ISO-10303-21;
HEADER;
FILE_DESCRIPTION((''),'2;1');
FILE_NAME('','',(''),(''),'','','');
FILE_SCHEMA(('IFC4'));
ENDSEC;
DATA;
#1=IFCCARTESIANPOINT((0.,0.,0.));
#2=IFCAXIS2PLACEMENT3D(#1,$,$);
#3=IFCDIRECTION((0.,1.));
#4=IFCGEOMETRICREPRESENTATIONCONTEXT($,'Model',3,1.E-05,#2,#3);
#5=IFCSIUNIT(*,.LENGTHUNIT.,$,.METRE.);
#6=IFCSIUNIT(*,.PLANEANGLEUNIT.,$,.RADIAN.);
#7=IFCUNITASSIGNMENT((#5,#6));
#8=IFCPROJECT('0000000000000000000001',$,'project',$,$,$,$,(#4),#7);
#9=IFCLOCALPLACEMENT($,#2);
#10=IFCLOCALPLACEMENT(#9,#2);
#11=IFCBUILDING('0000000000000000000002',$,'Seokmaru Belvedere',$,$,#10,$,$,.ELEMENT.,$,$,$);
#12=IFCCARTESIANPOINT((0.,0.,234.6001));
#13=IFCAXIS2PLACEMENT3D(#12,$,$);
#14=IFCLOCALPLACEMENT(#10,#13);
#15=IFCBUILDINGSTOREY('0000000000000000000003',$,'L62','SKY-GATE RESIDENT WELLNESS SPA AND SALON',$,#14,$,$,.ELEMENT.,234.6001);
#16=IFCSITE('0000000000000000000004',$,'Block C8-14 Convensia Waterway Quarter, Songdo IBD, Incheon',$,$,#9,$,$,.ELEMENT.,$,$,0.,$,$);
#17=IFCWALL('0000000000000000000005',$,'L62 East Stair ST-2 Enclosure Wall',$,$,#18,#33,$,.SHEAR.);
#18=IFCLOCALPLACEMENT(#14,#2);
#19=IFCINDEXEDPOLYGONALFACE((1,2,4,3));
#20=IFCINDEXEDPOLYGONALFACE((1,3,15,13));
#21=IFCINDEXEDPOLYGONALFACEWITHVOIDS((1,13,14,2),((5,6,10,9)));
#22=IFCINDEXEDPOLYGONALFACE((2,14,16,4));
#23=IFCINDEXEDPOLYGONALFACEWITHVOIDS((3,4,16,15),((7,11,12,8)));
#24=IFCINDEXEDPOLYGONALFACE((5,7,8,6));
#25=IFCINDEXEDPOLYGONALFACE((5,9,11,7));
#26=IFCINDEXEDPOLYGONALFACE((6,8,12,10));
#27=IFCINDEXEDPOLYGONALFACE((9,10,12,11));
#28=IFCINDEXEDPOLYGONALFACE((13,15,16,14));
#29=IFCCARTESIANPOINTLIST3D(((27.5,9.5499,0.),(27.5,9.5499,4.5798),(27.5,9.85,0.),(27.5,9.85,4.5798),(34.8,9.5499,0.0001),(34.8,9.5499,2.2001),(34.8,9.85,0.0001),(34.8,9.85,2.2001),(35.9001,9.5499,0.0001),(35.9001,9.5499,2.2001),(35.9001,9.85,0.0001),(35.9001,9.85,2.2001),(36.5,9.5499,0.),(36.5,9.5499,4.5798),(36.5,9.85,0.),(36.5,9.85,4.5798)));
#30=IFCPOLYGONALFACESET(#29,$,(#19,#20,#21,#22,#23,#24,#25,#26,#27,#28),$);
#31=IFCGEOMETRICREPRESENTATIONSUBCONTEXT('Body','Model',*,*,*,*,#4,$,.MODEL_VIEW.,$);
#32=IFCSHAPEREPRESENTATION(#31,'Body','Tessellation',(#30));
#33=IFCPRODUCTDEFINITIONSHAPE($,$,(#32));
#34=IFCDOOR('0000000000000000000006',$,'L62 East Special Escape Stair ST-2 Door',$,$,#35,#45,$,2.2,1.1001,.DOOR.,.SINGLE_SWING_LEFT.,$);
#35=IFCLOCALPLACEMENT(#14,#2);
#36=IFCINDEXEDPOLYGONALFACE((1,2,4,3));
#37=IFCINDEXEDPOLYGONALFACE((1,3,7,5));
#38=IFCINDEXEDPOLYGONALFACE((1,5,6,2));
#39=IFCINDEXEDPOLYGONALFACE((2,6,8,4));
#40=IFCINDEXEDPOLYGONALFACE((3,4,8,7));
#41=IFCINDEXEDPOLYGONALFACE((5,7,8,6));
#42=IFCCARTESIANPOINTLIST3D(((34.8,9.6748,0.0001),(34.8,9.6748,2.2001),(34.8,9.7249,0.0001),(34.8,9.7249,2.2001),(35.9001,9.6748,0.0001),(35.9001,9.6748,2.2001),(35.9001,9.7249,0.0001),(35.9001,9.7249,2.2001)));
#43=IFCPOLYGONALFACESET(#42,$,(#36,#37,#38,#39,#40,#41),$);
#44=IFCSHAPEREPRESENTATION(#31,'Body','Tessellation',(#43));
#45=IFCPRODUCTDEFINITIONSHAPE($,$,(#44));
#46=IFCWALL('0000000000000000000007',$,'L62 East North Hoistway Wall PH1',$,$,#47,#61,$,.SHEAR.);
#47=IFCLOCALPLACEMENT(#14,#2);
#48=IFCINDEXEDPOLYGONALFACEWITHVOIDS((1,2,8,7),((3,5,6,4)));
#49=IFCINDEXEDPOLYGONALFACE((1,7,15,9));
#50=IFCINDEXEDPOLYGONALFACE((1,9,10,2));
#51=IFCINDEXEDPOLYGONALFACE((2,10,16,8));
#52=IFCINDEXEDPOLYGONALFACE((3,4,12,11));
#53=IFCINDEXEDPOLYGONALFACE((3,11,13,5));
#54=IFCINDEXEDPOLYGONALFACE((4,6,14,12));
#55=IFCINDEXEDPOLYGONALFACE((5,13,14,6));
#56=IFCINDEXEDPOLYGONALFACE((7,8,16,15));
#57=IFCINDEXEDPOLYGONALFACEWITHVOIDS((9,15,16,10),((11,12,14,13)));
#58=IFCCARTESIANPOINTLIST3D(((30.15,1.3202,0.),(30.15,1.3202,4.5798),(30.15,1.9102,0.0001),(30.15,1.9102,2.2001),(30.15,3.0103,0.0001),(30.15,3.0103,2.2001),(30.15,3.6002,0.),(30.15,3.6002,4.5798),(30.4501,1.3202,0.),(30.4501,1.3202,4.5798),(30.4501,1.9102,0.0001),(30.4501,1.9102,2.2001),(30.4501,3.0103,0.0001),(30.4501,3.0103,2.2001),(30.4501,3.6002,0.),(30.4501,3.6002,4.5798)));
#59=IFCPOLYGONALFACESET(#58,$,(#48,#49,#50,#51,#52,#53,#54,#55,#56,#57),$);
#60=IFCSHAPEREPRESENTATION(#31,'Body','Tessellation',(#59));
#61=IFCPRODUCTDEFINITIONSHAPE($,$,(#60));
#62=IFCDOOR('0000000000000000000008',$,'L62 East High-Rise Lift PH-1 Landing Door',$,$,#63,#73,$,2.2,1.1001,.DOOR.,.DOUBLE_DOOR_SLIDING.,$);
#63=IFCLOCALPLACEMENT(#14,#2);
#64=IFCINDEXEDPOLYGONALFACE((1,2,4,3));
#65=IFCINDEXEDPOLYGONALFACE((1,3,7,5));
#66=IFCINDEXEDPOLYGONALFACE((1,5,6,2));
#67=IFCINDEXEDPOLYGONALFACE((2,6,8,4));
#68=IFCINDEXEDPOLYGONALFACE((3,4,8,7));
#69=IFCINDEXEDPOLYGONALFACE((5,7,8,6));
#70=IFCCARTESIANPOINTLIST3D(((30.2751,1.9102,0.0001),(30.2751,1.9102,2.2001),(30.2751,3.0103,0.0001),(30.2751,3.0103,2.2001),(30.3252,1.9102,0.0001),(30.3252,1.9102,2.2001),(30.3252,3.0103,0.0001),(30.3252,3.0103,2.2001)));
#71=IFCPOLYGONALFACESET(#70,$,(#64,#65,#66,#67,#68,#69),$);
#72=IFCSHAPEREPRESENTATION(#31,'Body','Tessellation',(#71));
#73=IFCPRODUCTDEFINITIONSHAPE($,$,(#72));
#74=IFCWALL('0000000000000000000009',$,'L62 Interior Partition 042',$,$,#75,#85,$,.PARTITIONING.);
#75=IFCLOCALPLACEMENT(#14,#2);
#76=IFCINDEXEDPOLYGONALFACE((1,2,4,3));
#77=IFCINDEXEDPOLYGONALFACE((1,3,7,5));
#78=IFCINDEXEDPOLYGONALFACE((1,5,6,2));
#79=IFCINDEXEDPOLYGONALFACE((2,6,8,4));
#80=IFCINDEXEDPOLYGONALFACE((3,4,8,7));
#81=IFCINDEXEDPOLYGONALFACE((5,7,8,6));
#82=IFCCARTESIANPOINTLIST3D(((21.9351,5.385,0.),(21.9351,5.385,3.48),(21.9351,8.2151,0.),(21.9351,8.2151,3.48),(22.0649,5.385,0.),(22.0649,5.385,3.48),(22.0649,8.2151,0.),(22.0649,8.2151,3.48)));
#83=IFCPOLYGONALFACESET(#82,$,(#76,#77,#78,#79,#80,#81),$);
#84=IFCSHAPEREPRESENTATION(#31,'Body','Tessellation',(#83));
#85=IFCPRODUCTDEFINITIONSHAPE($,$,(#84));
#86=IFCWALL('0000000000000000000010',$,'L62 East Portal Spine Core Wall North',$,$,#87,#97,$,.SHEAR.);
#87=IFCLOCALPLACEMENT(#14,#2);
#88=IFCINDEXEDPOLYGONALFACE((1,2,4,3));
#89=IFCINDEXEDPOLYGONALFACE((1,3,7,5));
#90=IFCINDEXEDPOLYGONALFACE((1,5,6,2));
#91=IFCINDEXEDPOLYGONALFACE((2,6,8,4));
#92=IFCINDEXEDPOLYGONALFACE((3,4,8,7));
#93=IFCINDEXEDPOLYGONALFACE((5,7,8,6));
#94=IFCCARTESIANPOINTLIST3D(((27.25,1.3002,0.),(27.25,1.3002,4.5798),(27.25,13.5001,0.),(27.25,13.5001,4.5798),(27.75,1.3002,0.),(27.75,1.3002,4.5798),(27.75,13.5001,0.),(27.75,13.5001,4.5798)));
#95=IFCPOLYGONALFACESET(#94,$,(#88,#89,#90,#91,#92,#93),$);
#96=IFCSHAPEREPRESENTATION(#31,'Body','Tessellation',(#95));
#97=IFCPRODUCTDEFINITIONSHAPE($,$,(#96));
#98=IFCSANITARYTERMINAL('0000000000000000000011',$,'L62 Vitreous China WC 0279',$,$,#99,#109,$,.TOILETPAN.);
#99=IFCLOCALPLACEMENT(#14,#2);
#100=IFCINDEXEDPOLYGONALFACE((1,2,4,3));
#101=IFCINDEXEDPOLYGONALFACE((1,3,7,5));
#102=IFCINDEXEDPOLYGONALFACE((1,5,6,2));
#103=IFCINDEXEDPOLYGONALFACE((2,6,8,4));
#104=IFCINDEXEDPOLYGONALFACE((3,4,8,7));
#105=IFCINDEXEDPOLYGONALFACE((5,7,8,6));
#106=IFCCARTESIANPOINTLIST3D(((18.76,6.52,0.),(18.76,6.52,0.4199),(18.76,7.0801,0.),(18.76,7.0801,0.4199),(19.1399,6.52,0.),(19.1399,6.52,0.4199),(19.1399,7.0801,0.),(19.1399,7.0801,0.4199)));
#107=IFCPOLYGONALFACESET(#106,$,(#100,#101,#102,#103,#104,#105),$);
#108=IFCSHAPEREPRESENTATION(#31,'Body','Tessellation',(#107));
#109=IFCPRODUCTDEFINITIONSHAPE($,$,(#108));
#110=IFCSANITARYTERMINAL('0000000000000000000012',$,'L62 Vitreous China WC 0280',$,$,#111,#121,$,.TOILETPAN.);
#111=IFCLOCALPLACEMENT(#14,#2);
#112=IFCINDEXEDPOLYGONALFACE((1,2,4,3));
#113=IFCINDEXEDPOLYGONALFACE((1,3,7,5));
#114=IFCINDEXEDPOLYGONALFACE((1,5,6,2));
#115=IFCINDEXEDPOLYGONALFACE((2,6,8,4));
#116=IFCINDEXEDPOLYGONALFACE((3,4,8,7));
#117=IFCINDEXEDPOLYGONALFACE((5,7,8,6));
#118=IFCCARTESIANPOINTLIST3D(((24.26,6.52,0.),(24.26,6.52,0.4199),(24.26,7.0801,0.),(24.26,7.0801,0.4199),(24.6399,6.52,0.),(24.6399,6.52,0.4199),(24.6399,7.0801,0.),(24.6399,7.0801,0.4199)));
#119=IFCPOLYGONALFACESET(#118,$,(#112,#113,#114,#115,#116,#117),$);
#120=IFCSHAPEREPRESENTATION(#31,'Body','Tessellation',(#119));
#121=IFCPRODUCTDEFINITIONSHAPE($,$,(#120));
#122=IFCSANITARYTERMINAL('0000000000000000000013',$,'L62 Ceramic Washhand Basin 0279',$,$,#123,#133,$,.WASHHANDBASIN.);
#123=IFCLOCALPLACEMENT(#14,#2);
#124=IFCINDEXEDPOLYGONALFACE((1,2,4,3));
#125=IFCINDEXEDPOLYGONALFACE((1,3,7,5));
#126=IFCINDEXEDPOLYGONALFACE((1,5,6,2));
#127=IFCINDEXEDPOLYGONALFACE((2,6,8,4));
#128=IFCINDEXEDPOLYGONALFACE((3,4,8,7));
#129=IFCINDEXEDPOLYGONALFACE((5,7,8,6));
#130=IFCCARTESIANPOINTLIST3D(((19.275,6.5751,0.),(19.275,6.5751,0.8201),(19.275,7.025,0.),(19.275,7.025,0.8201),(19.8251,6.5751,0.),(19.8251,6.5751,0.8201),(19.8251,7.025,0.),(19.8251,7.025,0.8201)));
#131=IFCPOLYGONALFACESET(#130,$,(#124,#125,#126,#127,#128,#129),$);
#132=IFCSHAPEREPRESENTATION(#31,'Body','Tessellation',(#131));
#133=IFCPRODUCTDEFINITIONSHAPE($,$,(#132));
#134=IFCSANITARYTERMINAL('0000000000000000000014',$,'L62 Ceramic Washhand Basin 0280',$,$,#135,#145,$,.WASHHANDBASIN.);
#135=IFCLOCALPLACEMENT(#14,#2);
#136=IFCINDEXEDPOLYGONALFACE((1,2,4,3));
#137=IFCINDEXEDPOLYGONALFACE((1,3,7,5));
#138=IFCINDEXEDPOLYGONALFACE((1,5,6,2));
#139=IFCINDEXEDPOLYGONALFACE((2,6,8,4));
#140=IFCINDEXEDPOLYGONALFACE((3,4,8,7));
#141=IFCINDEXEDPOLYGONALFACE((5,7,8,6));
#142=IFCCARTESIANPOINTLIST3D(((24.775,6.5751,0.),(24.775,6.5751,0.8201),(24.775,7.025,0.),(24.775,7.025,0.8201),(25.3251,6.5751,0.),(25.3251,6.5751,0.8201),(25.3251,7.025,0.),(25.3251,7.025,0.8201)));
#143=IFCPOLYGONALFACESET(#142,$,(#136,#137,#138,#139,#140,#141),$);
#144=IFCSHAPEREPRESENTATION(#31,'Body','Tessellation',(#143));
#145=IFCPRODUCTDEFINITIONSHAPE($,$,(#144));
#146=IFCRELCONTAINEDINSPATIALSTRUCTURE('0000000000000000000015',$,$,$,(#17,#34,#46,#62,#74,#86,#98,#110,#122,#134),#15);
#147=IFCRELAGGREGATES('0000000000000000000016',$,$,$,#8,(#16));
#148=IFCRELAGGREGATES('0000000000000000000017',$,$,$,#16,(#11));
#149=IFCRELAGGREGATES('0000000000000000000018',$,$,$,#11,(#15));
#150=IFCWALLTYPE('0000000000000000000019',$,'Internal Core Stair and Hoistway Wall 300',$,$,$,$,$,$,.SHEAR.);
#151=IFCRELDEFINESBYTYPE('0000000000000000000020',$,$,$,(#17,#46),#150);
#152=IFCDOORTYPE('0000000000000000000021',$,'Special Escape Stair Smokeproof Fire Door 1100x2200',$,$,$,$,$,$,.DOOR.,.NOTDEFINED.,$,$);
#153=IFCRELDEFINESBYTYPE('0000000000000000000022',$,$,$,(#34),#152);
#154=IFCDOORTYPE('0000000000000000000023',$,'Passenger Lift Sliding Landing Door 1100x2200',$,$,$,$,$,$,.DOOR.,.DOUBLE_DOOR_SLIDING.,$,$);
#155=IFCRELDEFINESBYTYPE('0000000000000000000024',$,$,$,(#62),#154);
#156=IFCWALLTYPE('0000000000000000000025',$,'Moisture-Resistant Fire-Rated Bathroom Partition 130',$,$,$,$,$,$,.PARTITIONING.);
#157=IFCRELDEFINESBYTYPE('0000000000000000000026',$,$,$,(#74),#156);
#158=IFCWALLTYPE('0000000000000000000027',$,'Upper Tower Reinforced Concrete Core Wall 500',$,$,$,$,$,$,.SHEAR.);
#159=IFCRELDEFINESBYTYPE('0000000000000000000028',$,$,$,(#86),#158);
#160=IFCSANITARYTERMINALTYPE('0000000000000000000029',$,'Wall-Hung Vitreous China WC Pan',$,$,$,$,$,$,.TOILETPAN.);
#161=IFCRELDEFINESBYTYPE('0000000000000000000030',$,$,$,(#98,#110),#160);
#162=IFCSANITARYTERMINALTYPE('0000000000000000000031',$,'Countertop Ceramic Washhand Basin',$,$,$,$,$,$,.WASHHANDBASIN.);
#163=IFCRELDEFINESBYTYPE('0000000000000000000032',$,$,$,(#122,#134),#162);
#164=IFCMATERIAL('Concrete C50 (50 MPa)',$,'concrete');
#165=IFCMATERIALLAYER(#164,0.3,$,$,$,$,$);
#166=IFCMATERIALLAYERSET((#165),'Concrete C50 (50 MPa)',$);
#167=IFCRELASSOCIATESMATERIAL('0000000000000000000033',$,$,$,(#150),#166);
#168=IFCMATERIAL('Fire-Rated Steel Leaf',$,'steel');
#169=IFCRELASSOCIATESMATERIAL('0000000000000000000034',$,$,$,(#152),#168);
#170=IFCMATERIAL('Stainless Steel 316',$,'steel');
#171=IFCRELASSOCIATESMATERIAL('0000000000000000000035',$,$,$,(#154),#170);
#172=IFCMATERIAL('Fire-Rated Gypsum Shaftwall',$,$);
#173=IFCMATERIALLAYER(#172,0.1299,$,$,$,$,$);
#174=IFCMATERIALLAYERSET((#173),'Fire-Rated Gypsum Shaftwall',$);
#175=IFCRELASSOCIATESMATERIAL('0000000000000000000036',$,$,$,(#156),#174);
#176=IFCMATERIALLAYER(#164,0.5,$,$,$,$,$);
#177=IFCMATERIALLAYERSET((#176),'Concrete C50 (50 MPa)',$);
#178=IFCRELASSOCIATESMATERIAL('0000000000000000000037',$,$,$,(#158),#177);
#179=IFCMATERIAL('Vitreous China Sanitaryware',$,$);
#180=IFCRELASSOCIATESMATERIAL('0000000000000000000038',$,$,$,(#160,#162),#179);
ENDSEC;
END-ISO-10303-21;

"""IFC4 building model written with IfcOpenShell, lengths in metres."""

from ifc_helpers import new_model, si_unit, direction, frame, frame_2d, origin, origin_2d, place, context, subcontext, project, spatial, rectangle, extrude, source, transform, mapped, material, layer, layer_set, type_object, type_shapes, element, fill, save


model = new_model("IFC4")

# Units and contexts
model_context = context("Model", 3, precision=1e-05, world=origin(), true_north=direction((0.0, 1.0)))
body_context = subcontext(model_context, "Body", "Model", "MODEL_VIEW")
ifc_project = project(units=[si_unit("LENGTHUNIT", "METRE"), si_unit("PLANEANGLEUNIT", "RADIAN")], contexts=[model_context])

# Site, building, storey
site_placement = place(None, origin())
site = spatial("IfcSite", under=ifc_project, at=site_placement, Name="Block C8-14 Convensia Waterway Quarter, Songdo IBD, Incheon", CompositionType="ELEMENT", RefElevation=0.0)
building_placement = place(site_placement, origin())
building = spatial("IfcBuilding", under=site, at=building_placement, Name="Seokmaru Belvedere", CompositionType="ELEMENT")
storey_placement = place(building_placement, frame((0.0, 0.0, 234.6001)))
storey = spatial("IfcBuildingStorey", under=building, at=storey_placement, Name="L62", Description="SKY-GATE RESIDENT WELLNESS SPA AND SALON", CompositionType="ELEMENT", Elevation=234.6001)

# Shared definitions
ifc_material_1 = material(Name="Concrete C50 (50 MPa)", Category="concrete")

# Walls, openings, doors
ifc_layer_1 = layer(ifc_material_1, 0.3)
ifc_layer_set_1 = layer_set([ifc_layer_1], Name="Concrete C50 (50 MPa)")
wall_type_1 = type_object("IfcWallType", Name="Internal Core Stair and Hoistway Wall 300", PredefinedType="SHEAR", material=ifc_layer_set_1)
wall_1_placement = place(storey_placement, frame((27.5, 9.7, 0.0), z_axis=(0.0, 0.0, 1.0), x_axis=(1.0, 0.0, 0.0)))
wall_1 = element("IfcWall", 1, at=wall_1_placement, inside=storey, type_object=wall_type_1, Name="L62 East Stair ST-2 Enclosure Wall", PredefinedType="SHEAR", context=body_context, shape_type="SweptSolid", body=[
    extrude(rectangle(XDim=9.0, YDim=0.3, at=frame_2d((4.5, 0.0))), origin(), (0.0, 0.0, 1.0), 4.5798),
])
opening_1_placement = place(wall_1_placement, frame((7.3, 0.0, 0.0)))
opening_1 = element("IfcOpeningElement", 2, at=opening_1_placement, cuts=wall_1, PredefinedType="OPENING", context=body_context, shape_type="SweptSolid", body=[
    extrude(rectangle(XDim=1.1001, YDim=2.2, at=frame_2d((0.55, 1.1001))), frame((0.0, 0.1602, 0.0), z_axis=(0.0, -1.0, 0.0), x_axis=(1.0, 0.0, 0.0)), (0.0, 0.0, 1.0), 0.3201),
])
ifc_material_2 = material(Name="Fire-Rated Steel Leaf", Category="steel")
door_type_1 = type_object("IfcDoorType", Name="Special Escape Stair Smokeproof Fire Door 1100x2200", OperationType="NOTDEFINED", PredefinedType="DOOR", material=ifc_material_2)
shared_shape_1 = source(origin(), body_context, "Body", "SweptSolid", [
    extrude(rectangle(XDim=1.1001, YDim=2.2, at=frame_2d((0.55, 1.1001))), frame((0.0, 0.0249, 0.0), z_axis=(0.0, -1.0, 0.0), x_axis=(1.0, 0.0, 0.0)), (0.0, 0.0, 1.0), 0.05),
])
type_shapes(door_type_1, [shared_shape_1])
door_1_placement = place(opening_1_placement, origin())
door_1 = element("IfcDoor", 3, at=door_1_placement, inside=storey, type_object=door_type_1, Name="L62 East Special Escape Stair ST-2 Door", OperationType="SINGLE_SWING_LEFT", OverallHeight=2.2, OverallWidth=1.1001, PredefinedType="DOOR", context=body_context, shape_type="MappedRepresentation", body=[
    mapped(shared_shape_1, transform((0.0, 0.0, 0.0), scale=1.0)),
])
fill(opening_1, door_1)
wall_2_placement = place(storey_placement, frame((30.3, 1.3201, 0.0), z_axis=(0.0, 0.0, 1.0), x_axis=(0.0, 1.0, 0.0)))
wall_2 = element("IfcWall", 4, at=wall_2_placement, inside=storey, type_object=wall_type_1, Name="L62 East North Hoistway Wall PH1", PredefinedType="SHEAR", context=body_context, shape_type="SweptSolid", body=[
    extrude(rectangle(XDim=2.28, YDim=0.3, at=frame_2d((1.1401, 0.0))), origin(), (0.0, 0.0, 1.0), 4.5798),
])
opening_2_placement = place(wall_2_placement, frame((0.5901, 0.0, 0.0)))
opening_2 = element("IfcOpeningElement", 5, at=opening_2_placement, cuts=wall_2, PredefinedType="OPENING", context=body_context, shape_type="SweptSolid", body=[
    extrude(rectangle(XDim=1.1001, YDim=2.2, at=frame_2d((0.55, 1.1001))), frame((0.0, 0.1602, 0.0), z_axis=(0.0, -1.0, 0.0), x_axis=(1.0, 0.0, 0.0)), (0.0, 0.0, 1.0), 0.3201),
])
ifc_material_3 = material(Name="Stainless Steel 316", Category="steel")
door_type_2 = type_object("IfcDoorType", Name="Passenger Lift Sliding Landing Door 1100x2200", OperationType="DOUBLE_DOOR_SLIDING", PredefinedType="DOOR", material=ifc_material_3)
shared_shape_2 = source(origin(), body_context, "Body", "SweptSolid", [
    extrude(rectangle(XDim=1.1001, YDim=2.2, at=frame_2d((0.55, 1.1001))), frame((0.0, 0.0249, 0.0), z_axis=(0.0, -1.0, 0.0), x_axis=(1.0, 0.0, 0.0)), (0.0, 0.0, 1.0), 0.05),
])
type_shapes(door_type_2, [shared_shape_2])
door_2_placement = place(opening_2_placement, origin())
door_2 = element("IfcDoor", 6, at=door_2_placement, inside=storey, type_object=door_type_2, Name="L62 East High-Rise Lift PH-1 Landing Door", OperationType="DOUBLE_DOOR_SLIDING", OverallHeight=2.2, OverallWidth=1.1001, PredefinedType="DOOR", context=body_context, shape_type="MappedRepresentation", body=[
    mapped(shared_shape_2, transform((0.0, 0.0, 0.0), scale=1.0)),
])
fill(opening_2, door_2)

# Walls
ifc_material_4 = material(Name="Fire-Rated Gypsum Shaftwall")
ifc_layer_2 = layer(ifc_material_4, 0.1299)
ifc_layer_set_2 = layer_set([ifc_layer_2], Name="Fire-Rated Gypsum Shaftwall")
wall_type_2 = type_object("IfcWallType", Name="Moisture-Resistant Fire-Rated Bathroom Partition 130", PredefinedType="PARTITIONING", material=ifc_layer_set_2)
wall_3_placement = place(storey_placement, frame((22.0, 5.385, 0.0), z_axis=(0.0, 0.0, 1.0), x_axis=(0.0, 1.0, 0.0)))
element("IfcWall", 7, at=wall_3_placement, inside=storey, type_object=wall_type_2, Name="L62 Interior Partition 042", PredefinedType="PARTITIONING", context=body_context, shape_type="SweptSolid", body=[
    extrude(rectangle(XDim=2.8301, YDim=0.1299, at=frame_2d((1.415, 0.0))), origin(), (0.0, 0.0, 1.0), 3.48),
])
ifc_layer_3 = layer(ifc_material_1, 0.5)
ifc_layer_set_3 = layer_set([ifc_layer_3], Name="Concrete C50 (50 MPa)")
wall_type_3 = type_object("IfcWallType", Name="Upper Tower Reinforced Concrete Core Wall 500", PredefinedType="SHEAR", material=ifc_layer_set_3)
wall_4_placement = place(storey_placement, frame((27.5, 1.3, 0.0), z_axis=(0.0, 0.0, 1.0), x_axis=(0.0, 1.0, 0.0)))
element("IfcWall", 8, at=wall_4_placement, inside=storey, type_object=wall_type_3, Name="L62 East Portal Spine Core Wall North", PredefinedType="SHEAR", context=body_context, shape_type="SweptSolid", body=[
    extrude(rectangle(XDim=12.2, YDim=0.5, at=frame_2d((6.1001, 0.0))), origin(), (0.0, 0.0, 1.0), 4.5798),
])

# Sanitary terminals
ifc_material_5 = material(Name="Vitreous China Sanitaryware")
sanitary_terminal_type_1 = type_object("IfcSanitaryTerminalType", Name="Wall-Hung Vitreous China WC Pan", PredefinedType="TOILETPAN", material=ifc_material_5)
shared_shape_3 = source(origin(), body_context, "Body", "SweptSolid", [
    extrude(rectangle(XDim=0.3799, YDim=0.5601, at=origin_2d()), origin(), (0.0, 0.0, 1.0), 0.4199),
])
type_shapes(sanitary_terminal_type_1, [shared_shape_3])
for number, where, z_axis, x_axis, name in (
    (9, (18.95, 6.8, 0.0), (0.0, 0.0, 1.0), (1.0, 0.0, 0.0), "L62 Vitreous China WC 0279"),
    (10, (24.45, 6.8, 0.0), (0.0, 0.0, 1.0), (1.0, 0.0, 0.0), "L62 Vitreous China WC 0280"),
):
    element("IfcSanitaryTerminal", number, at=place(storey_placement, frame(where, z_axis=z_axis, x_axis=x_axis)), inside=storey, type_object=sanitary_terminal_type_1, Name=name, PredefinedType="TOILETPAN", context=body_context, shape_type="MappedRepresentation", body=[
        mapped(shared_shape_3, transform((0.0, 0.0, 0.0), scale=1.0)),
    ])
sanitary_terminal_type_2 = type_object("IfcSanitaryTerminalType", Name="Countertop Ceramic Washhand Basin", PredefinedType="WASHHANDBASIN", material=ifc_material_5)
shared_shape_4 = source(origin(), body_context, "Body", "SweptSolid", [
    extrude(rectangle(XDim=0.55, YDim=0.45, at=origin_2d()), origin(), (0.0, 0.0, 1.0), 0.8201),
])
type_shapes(sanitary_terminal_type_2, [shared_shape_4])
for number, where, z_axis, x_axis, name in (
    (11, (19.55, 6.8, 0.0), (0.0, 0.0, 1.0), (1.0, 0.0, 0.0), "L62 Ceramic Washhand Basin 0279"),
    (12, (25.05, 6.8, 0.0), (0.0, 0.0, 1.0), (1.0, 0.0, 0.0), "L62 Ceramic Washhand Basin 0280"),
):
    element("IfcSanitaryTerminal", number, at=place(storey_placement, frame(where, z_axis=z_axis, x_axis=x_axis)), inside=storey, type_object=sanitary_terminal_type_2, Name=name, PredefinedType="WASHHANDBASIN", context=body_context, shape_type="MappedRepresentation", body=[
        mapped(shared_shape_4, transform((0.0, 0.0, 0.0), scale=1.0)),
    ])

save(model, "model.ifc")
